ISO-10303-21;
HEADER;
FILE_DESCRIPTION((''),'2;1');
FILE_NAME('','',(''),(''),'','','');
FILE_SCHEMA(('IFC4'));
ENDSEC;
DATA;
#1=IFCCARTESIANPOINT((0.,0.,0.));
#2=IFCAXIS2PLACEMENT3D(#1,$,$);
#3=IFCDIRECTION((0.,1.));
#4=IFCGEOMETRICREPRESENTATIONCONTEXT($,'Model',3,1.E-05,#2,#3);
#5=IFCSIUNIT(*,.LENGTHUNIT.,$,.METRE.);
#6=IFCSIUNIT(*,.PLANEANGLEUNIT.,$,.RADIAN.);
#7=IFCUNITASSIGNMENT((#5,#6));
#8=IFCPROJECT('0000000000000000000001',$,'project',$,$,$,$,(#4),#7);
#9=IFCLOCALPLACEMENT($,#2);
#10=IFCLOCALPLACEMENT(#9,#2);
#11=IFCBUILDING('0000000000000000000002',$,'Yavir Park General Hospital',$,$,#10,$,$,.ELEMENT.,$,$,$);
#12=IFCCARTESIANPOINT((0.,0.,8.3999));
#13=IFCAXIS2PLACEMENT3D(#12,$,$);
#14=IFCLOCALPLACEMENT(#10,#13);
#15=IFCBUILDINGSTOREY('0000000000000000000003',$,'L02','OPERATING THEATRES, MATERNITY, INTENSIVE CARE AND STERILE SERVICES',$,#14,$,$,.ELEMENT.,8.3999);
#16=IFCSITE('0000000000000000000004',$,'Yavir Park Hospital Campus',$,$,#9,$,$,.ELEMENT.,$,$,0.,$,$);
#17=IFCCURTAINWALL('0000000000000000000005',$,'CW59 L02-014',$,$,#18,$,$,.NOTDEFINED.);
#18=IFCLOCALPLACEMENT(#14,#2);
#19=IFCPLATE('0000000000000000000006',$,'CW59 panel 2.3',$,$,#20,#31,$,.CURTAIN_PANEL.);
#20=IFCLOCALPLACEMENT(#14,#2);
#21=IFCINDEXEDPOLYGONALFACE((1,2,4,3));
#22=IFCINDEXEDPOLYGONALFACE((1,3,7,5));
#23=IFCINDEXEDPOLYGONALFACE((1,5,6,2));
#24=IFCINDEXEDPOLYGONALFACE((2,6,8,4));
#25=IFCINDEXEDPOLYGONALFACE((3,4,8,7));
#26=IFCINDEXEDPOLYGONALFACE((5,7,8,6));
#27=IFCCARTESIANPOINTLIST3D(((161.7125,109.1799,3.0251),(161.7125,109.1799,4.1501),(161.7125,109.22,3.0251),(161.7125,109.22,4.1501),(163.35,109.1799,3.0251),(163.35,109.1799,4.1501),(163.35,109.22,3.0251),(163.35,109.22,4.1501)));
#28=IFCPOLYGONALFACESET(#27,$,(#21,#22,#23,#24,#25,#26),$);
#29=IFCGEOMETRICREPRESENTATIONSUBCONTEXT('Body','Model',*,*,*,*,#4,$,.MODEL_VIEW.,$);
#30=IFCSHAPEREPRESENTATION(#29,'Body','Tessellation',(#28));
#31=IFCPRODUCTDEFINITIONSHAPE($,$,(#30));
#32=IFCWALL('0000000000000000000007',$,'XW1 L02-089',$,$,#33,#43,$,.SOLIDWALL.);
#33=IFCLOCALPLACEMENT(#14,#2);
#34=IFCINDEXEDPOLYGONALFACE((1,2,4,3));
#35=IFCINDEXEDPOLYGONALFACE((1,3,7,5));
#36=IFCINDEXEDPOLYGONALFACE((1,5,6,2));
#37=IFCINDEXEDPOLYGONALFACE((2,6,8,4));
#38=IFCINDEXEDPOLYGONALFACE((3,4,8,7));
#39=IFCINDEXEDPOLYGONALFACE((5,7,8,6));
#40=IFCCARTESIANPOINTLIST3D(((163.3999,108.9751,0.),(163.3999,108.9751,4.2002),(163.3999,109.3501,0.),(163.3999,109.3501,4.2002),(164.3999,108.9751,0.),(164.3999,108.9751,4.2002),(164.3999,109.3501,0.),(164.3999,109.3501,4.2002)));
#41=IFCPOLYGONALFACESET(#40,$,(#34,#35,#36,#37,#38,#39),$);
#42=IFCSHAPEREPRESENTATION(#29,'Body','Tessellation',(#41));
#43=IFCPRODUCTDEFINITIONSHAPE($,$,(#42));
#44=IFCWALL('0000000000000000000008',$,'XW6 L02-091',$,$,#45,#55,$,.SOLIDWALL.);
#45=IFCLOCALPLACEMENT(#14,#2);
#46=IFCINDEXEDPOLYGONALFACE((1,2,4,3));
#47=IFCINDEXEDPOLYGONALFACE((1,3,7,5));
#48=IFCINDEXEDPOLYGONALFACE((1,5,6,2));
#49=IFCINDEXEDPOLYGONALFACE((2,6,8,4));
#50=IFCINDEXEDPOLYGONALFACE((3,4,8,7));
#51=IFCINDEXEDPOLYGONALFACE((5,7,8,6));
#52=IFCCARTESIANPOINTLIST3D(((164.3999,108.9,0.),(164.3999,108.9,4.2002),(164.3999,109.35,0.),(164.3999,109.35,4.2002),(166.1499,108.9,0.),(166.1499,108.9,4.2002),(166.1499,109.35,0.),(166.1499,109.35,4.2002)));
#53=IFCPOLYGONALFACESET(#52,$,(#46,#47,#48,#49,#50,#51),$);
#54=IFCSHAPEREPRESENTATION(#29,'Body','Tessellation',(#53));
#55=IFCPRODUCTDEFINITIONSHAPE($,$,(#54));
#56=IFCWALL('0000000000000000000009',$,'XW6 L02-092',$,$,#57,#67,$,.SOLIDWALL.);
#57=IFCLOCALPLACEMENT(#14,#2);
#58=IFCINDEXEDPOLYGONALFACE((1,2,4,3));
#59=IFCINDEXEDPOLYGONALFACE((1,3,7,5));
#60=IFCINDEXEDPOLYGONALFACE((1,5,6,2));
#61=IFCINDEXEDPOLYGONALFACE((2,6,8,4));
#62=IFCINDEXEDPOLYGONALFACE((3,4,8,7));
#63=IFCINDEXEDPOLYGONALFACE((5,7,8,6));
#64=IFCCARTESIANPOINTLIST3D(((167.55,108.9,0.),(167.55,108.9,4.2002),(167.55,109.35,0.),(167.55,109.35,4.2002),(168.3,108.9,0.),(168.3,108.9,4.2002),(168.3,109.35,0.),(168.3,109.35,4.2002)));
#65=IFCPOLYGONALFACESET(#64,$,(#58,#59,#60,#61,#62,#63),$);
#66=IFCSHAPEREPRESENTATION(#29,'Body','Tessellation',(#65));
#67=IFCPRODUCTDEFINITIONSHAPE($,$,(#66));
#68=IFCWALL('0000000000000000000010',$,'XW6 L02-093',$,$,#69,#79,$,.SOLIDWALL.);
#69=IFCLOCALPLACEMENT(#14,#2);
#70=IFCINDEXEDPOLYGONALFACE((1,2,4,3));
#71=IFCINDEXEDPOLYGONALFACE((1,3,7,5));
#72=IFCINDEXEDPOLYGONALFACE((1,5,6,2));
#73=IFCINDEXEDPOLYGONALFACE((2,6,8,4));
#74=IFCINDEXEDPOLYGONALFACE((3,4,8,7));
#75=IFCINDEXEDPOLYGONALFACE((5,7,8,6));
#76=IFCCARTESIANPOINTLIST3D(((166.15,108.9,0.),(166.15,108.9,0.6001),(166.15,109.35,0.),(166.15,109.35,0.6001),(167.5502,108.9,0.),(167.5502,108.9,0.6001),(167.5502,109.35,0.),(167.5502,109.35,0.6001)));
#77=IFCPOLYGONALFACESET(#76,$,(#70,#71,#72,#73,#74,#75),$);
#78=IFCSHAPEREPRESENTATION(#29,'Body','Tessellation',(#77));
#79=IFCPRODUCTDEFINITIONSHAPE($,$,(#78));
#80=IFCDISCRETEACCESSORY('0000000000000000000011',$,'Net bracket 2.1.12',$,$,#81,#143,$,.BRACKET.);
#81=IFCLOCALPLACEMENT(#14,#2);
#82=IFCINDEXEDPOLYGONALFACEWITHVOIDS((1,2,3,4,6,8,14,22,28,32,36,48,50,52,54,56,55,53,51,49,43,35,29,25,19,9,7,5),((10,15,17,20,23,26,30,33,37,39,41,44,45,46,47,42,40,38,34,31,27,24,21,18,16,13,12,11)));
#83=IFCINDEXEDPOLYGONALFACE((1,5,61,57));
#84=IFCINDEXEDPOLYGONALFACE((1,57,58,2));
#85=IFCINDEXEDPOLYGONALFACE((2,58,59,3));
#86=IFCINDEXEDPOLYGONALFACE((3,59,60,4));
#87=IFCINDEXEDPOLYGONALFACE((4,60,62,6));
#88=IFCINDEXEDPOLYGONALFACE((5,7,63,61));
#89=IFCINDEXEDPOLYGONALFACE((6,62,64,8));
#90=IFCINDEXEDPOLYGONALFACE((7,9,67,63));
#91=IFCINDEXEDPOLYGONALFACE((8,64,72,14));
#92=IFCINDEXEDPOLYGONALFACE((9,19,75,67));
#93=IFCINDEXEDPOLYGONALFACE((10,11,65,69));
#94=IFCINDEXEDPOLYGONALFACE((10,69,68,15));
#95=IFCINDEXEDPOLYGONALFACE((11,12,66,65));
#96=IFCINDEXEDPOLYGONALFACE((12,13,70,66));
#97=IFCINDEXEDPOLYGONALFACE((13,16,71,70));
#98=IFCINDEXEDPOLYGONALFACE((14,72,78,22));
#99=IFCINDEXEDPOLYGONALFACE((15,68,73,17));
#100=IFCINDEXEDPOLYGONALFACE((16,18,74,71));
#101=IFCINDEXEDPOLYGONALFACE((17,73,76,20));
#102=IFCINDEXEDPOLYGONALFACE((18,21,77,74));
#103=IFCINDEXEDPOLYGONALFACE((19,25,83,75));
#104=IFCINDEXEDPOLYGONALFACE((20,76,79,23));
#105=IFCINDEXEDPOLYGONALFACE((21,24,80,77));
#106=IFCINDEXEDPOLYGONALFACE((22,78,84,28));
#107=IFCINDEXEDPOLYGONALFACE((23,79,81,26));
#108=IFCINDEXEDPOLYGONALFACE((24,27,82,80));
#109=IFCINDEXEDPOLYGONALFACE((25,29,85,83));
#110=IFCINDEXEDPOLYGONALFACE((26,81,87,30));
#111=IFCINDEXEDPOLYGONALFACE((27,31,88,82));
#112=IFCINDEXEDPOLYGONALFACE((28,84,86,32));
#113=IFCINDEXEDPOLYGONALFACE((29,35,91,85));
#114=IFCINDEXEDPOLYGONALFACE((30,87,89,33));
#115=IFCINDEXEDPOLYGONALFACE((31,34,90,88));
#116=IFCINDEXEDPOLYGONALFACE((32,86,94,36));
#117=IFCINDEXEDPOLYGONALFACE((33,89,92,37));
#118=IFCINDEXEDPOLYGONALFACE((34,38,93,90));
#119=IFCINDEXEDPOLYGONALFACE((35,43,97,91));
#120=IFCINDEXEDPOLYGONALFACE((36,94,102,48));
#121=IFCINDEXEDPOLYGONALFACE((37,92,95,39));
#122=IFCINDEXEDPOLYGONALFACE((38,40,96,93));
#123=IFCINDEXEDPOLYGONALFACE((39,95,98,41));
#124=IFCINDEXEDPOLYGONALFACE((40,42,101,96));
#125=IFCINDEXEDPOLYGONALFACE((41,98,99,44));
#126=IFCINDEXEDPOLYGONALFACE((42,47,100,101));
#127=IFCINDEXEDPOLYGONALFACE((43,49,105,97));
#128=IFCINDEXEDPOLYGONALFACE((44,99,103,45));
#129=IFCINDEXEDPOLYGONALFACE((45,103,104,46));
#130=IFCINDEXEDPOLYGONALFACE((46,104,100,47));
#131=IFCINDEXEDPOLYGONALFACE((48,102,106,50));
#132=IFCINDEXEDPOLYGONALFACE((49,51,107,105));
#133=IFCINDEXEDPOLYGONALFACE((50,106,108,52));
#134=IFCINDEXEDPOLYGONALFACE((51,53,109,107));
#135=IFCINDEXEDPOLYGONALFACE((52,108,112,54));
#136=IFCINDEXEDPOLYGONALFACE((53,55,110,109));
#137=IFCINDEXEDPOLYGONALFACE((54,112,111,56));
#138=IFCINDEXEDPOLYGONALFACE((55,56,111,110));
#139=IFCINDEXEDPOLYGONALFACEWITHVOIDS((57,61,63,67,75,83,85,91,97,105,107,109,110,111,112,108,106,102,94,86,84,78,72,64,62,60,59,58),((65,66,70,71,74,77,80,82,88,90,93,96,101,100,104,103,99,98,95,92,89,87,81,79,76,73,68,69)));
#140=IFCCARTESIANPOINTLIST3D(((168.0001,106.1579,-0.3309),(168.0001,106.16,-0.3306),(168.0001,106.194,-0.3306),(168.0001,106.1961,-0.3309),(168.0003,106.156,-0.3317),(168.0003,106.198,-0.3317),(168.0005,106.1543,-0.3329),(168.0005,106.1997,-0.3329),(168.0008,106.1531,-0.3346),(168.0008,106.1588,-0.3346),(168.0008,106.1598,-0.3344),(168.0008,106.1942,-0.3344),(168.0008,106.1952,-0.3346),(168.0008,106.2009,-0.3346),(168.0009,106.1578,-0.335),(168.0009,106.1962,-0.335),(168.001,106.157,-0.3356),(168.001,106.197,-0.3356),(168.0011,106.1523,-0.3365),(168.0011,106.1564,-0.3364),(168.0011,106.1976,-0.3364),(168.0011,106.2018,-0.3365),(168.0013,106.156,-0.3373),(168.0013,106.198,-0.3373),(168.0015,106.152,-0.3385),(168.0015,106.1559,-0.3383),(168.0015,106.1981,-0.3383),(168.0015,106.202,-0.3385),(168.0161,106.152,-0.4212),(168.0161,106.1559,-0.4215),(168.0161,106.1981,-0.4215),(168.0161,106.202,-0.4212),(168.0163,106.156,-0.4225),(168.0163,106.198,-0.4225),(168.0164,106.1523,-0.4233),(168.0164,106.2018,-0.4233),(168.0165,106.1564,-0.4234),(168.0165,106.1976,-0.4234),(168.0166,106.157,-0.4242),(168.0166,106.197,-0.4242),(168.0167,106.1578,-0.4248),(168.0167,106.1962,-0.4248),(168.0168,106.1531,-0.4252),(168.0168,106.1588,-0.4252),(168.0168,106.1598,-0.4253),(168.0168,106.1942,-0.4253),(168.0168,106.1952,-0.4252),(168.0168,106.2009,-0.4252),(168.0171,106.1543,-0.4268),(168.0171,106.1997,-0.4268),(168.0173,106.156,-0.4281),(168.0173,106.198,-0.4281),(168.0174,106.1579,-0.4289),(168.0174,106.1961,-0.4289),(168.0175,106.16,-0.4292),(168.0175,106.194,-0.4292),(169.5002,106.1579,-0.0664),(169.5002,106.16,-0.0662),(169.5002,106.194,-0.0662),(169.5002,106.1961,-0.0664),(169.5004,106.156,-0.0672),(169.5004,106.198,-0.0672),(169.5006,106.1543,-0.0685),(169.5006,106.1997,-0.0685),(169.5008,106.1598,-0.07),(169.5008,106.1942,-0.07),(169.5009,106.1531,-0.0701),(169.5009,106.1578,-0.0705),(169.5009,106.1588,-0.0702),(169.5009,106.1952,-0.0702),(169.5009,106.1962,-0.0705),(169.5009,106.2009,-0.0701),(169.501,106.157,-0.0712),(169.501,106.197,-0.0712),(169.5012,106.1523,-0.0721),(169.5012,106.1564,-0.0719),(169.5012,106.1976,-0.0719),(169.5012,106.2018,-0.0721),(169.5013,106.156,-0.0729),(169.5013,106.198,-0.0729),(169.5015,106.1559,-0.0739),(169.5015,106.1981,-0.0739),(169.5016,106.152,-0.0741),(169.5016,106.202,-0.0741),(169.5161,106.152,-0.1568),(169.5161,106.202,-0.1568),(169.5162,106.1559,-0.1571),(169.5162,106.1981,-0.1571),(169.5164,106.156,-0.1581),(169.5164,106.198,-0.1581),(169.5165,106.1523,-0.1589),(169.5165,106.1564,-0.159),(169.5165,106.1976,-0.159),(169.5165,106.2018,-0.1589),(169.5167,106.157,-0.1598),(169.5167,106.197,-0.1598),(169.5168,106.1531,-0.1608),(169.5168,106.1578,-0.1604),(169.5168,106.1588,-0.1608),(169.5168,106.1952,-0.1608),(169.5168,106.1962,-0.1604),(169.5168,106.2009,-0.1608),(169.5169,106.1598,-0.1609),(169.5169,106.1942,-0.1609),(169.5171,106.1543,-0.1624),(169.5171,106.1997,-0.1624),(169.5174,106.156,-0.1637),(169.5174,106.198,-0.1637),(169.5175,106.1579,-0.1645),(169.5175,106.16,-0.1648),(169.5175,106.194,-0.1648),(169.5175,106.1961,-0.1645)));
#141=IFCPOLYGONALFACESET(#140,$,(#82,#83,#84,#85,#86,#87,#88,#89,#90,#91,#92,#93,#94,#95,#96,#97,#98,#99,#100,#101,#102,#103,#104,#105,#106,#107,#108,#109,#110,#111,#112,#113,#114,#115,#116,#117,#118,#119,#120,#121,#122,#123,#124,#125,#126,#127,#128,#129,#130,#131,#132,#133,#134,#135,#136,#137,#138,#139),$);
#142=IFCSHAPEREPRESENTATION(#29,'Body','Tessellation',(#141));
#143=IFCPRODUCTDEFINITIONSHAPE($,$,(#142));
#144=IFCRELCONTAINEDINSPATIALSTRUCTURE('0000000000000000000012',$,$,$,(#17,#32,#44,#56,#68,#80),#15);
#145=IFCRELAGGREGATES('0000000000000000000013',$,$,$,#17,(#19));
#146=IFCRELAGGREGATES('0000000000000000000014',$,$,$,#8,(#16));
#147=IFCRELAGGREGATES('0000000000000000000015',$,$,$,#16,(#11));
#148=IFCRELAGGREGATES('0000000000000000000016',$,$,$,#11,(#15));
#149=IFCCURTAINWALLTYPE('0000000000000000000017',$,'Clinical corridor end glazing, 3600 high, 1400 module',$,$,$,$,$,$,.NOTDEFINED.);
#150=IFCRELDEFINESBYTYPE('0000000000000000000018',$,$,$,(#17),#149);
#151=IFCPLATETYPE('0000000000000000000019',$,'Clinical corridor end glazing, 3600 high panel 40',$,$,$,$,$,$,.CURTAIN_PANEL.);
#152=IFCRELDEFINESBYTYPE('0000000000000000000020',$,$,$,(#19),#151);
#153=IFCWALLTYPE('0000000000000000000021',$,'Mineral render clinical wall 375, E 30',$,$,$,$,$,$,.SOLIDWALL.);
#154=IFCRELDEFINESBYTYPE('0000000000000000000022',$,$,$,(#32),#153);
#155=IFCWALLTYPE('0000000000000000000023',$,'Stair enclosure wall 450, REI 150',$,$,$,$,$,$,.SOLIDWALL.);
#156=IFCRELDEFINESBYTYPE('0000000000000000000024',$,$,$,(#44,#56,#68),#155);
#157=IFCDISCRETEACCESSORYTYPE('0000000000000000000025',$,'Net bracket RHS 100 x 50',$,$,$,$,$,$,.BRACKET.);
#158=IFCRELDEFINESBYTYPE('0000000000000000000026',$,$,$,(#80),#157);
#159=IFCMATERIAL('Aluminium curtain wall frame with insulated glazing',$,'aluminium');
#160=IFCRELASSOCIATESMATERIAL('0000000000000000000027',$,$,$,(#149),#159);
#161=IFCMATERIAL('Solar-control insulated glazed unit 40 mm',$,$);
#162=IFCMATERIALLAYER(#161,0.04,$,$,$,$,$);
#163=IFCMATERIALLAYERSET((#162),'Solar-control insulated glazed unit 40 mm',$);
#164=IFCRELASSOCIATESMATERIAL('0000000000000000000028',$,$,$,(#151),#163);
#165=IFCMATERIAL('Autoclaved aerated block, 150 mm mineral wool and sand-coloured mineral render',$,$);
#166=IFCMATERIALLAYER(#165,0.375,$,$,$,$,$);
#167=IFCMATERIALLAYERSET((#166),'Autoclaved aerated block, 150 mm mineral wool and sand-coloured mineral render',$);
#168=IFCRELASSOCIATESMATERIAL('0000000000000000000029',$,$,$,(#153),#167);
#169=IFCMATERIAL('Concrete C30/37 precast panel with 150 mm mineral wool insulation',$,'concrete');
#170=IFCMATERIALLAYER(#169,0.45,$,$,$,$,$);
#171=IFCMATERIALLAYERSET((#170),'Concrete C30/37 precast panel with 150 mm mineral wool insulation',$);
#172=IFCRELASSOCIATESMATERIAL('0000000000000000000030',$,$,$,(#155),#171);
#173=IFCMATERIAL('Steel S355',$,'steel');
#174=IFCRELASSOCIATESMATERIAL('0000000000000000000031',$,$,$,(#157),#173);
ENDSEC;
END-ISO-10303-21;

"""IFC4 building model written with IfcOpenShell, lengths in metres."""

from ifc_helpers import new_model, si_unit, direction, frame, frame_2d, origin, origin_2d, place, context, subcontext, project, spatial, rectangle, hollow_rectangle, extrude, material, layer, layer_set, material_profile, profile_set, type_object, element, aggregate, save


model = new_model("IFC4")

# Units and contexts
model_context = context("Model", 3, precision=1e-05, world=origin(), true_north=direction((0.0, 1.0)))
body_context = subcontext(model_context, "Body", "Model", "MODEL_VIEW")
ifc_project = project(units=[si_unit("LENGTHUNIT", "METRE"), si_unit("PLANEANGLEUNIT", "RADIAN")], contexts=[model_context])

# Site, building, storey
site_placement = place(None, origin())
site = spatial("IfcSite", under=ifc_project, at=site_placement, Name="Yavir Park Hospital Campus", CompositionType="ELEMENT", RefElevation=0.0)
building_placement = place(site_placement, origin())
building = spatial("IfcBuilding", under=site, at=building_placement, Name="Yavir Park General Hospital", CompositionType="ELEMENT")
storey_placement = place(building_placement, frame((0.0, 0.0, 8.3999)))
storey = spatial("IfcBuildingStorey", under=building, at=storey_placement, Name="L02", Description="OPERATING THEATRES, MATERNITY, INTENSIVE CARE AND STERILE SERVICES", CompositionType="ELEMENT", Elevation=8.3999)

# Curtain wall
ifc_material_1 = material(Name="Aluminium curtain wall frame with insulated glazing", Category="aluminium")
curtain_wall_type_1 = type_object("IfcCurtainWallType", Name="Clinical corridor end glazing, 3600 high, 1400 module", PredefinedType="NOTDEFINED", material=ifc_material_1)
curtain_wall_1_placement = place(storey_placement, origin())
curtain_wall_1 = element("IfcCurtainWall", 1, at=curtain_wall_1_placement, inside=storey, type_object=curtain_wall_type_1, Name="CW59 L02-014", PredefinedType="NOTDEFINED")

# Plate
ifc_material_2 = material(Name="Solar-control insulated glazed unit 40 mm")
ifc_layer_1 = layer(ifc_material_2, 0.04)
ifc_layer_set_1 = layer_set([ifc_layer_1], Name="Solar-control insulated glazed unit 40 mm")
plate_type = type_object("IfcPlateType", Name="Clinical corridor end glazing, 3600 high panel 40", PredefinedType="CURTAIN_PANEL", material=ifc_layer_set_1)
plate_1_placement = place(storey_placement, frame((162.5312, 109.2, 3.0251), z_axis=(0.0, 0.0, 1.0), x_axis=(1.0, 0.0, 0.0)))
plate_1 = element("IfcPlate", 2, at=plate_1_placement, type_object=plate_type, Name="CW59 panel 2.3", PredefinedType="CURTAIN_PANEL", context=body_context, shape_type="SweptSolid", body=[
    extrude(rectangle(XDim=1.6375, YDim=0.04, at=origin_2d()), origin(), (0.0, 0.0, 1.0), 1.125),
])
aggregate(curtain_wall_1, [plate_1])

# Walls
ifc_material_3 = material(Name="Autoclaved aerated block, 150 mm mineral wool and sand-coloured mineral render")
ifc_layer_2 = layer(ifc_material_3, 0.375)
ifc_layer_set_2 = layer_set([ifc_layer_2], Name="Autoclaved aerated block, 150 mm mineral wool and sand-coloured mineral render")
wall_type_1 = type_object("IfcWallType", Name="Mineral render clinical wall 375, E 30", PredefinedType="SOLIDWALL", material=ifc_layer_set_2)
wall_1_placement = place(storey_placement, frame((163.3999, 109.1626, 0.0), z_axis=(0.0, 0.0, 1.0), x_axis=(1.0, 0.0, 0.0)))
element("IfcWall", 3, at=wall_1_placement, inside=storey, type_object=wall_type_1, Name="XW1 L02-089", PredefinedType="SOLIDWALL", context=body_context, shape_type="SweptSolid", body=[
    extrude(rectangle(XDim=1.0, YDim=0.375, at=frame_2d((0.5, 0.0))), origin(), (0.0, 0.0, 1.0), 4.2002),
])
ifc_material_4 = material(Name="Concrete C30/37 precast panel with 150 mm mineral wool insulation", Category="concrete")
ifc_layer_3 = layer(ifc_material_4, 0.45)
ifc_layer_set_3 = layer_set([ifc_layer_3], Name="Concrete C30/37 precast panel with 150 mm mineral wool insulation")
wall_type_2 = type_object("IfcWallType", Name="Stair enclosure wall 450, REI 150", PredefinedType="SOLIDWALL", material=ifc_layer_set_3)
wall_2_placement = place(storey_placement, frame((164.3999, 109.125, 0.0), z_axis=(0.0, 0.0, 1.0), x_axis=(1.0, 0.0, 0.0)))
element("IfcWall", 4, at=wall_2_placement, inside=storey, type_object=wall_type_2, Name="XW6 L02-091", PredefinedType="SOLIDWALL", context=body_context, shape_type="SweptSolid", body=[
    extrude(rectangle(XDim=1.75, YDim=0.45, at=frame_2d((0.875, 0.0))), origin(), (0.0, 0.0, 1.0), 4.2002),
])
wall_3_placement = place(storey_placement, frame((167.55, 109.125, 0.0), z_axis=(0.0, 0.0, 1.0), x_axis=(1.0, 0.0, 0.0)))
element("IfcWall", 5, at=wall_3_placement, inside=storey, type_object=wall_type_2, Name="XW6 L02-092", PredefinedType="SOLIDWALL", context=body_context, shape_type="SweptSolid", body=[
    extrude(rectangle(XDim=0.75, YDim=0.45, at=frame_2d((0.375, 0.0))), origin(), (0.0, 0.0, 1.0), 4.2002),
])
wall_4_placement = place(storey_placement, frame((166.1499, 109.125, 0.0), z_axis=(0.0, 0.0, 1.0), x_axis=(1.0, 0.0, 0.0)))
element("IfcWall", 6, at=wall_4_placement, inside=storey, type_object=wall_type_2, Name="XW6 L02-093", PredefinedType="SOLIDWALL", context=body_context, shape_type="SweptSolid", body=[
    extrude(rectangle(XDim=1.4001, YDim=0.45, at=frame_2d((0.7002, 0.0))), origin(), (0.0, 0.0, 1.0), 0.6001),
])

# Discrete accessory
ifc_material_5 = material(Name="Steel S355", Category="steel")
ifc_material_profile_1 = material_profile(ifc_material_5, hollow_rectangle(XDim=0.05, YDim=0.1001, WallThickness=0.0039, InnerFilletRadius=0.0039, OuterFilletRadius=0.0081, at=origin_2d()), Name="RHS100x50x4")
ifc_profile_set_1 = profile_set([ifc_material_profile_1], Name="Steel S355")
discrete_accessory_type = type_object("IfcDiscreteAccessoryType", Name="Net bracket RHS 100 x 50", PredefinedType="BRACKET", material=ifc_profile_set_1)
for number, where, z_axis, x_axis, name in (
    (7, (168.0088, 106.177, -0.3799), (0.984817, 0.0, 0.173593), (0.0, 1.0, 0.0), "Net bracket 2.1.12"),
):
    element("IfcDiscreteAccessory", number, at=place(storey_placement, frame(where, z_axis=z_axis, x_axis=x_axis)), inside=storey, type_object=discrete_accessory_type, Name=name, PredefinedType="BRACKET", context=body_context, shape_type="SweptSolid", body=[
        extrude(hollow_rectangle(XDim=0.05, YDim=0.1001, WallThickness=0.0039, InnerFilletRadius=0.0039, OuterFilletRadius=0.0081, at=origin_2d()), origin(), (0.0, 0.0, 1.0), 1.5232),
    ])

save(model, "model.ifc")
